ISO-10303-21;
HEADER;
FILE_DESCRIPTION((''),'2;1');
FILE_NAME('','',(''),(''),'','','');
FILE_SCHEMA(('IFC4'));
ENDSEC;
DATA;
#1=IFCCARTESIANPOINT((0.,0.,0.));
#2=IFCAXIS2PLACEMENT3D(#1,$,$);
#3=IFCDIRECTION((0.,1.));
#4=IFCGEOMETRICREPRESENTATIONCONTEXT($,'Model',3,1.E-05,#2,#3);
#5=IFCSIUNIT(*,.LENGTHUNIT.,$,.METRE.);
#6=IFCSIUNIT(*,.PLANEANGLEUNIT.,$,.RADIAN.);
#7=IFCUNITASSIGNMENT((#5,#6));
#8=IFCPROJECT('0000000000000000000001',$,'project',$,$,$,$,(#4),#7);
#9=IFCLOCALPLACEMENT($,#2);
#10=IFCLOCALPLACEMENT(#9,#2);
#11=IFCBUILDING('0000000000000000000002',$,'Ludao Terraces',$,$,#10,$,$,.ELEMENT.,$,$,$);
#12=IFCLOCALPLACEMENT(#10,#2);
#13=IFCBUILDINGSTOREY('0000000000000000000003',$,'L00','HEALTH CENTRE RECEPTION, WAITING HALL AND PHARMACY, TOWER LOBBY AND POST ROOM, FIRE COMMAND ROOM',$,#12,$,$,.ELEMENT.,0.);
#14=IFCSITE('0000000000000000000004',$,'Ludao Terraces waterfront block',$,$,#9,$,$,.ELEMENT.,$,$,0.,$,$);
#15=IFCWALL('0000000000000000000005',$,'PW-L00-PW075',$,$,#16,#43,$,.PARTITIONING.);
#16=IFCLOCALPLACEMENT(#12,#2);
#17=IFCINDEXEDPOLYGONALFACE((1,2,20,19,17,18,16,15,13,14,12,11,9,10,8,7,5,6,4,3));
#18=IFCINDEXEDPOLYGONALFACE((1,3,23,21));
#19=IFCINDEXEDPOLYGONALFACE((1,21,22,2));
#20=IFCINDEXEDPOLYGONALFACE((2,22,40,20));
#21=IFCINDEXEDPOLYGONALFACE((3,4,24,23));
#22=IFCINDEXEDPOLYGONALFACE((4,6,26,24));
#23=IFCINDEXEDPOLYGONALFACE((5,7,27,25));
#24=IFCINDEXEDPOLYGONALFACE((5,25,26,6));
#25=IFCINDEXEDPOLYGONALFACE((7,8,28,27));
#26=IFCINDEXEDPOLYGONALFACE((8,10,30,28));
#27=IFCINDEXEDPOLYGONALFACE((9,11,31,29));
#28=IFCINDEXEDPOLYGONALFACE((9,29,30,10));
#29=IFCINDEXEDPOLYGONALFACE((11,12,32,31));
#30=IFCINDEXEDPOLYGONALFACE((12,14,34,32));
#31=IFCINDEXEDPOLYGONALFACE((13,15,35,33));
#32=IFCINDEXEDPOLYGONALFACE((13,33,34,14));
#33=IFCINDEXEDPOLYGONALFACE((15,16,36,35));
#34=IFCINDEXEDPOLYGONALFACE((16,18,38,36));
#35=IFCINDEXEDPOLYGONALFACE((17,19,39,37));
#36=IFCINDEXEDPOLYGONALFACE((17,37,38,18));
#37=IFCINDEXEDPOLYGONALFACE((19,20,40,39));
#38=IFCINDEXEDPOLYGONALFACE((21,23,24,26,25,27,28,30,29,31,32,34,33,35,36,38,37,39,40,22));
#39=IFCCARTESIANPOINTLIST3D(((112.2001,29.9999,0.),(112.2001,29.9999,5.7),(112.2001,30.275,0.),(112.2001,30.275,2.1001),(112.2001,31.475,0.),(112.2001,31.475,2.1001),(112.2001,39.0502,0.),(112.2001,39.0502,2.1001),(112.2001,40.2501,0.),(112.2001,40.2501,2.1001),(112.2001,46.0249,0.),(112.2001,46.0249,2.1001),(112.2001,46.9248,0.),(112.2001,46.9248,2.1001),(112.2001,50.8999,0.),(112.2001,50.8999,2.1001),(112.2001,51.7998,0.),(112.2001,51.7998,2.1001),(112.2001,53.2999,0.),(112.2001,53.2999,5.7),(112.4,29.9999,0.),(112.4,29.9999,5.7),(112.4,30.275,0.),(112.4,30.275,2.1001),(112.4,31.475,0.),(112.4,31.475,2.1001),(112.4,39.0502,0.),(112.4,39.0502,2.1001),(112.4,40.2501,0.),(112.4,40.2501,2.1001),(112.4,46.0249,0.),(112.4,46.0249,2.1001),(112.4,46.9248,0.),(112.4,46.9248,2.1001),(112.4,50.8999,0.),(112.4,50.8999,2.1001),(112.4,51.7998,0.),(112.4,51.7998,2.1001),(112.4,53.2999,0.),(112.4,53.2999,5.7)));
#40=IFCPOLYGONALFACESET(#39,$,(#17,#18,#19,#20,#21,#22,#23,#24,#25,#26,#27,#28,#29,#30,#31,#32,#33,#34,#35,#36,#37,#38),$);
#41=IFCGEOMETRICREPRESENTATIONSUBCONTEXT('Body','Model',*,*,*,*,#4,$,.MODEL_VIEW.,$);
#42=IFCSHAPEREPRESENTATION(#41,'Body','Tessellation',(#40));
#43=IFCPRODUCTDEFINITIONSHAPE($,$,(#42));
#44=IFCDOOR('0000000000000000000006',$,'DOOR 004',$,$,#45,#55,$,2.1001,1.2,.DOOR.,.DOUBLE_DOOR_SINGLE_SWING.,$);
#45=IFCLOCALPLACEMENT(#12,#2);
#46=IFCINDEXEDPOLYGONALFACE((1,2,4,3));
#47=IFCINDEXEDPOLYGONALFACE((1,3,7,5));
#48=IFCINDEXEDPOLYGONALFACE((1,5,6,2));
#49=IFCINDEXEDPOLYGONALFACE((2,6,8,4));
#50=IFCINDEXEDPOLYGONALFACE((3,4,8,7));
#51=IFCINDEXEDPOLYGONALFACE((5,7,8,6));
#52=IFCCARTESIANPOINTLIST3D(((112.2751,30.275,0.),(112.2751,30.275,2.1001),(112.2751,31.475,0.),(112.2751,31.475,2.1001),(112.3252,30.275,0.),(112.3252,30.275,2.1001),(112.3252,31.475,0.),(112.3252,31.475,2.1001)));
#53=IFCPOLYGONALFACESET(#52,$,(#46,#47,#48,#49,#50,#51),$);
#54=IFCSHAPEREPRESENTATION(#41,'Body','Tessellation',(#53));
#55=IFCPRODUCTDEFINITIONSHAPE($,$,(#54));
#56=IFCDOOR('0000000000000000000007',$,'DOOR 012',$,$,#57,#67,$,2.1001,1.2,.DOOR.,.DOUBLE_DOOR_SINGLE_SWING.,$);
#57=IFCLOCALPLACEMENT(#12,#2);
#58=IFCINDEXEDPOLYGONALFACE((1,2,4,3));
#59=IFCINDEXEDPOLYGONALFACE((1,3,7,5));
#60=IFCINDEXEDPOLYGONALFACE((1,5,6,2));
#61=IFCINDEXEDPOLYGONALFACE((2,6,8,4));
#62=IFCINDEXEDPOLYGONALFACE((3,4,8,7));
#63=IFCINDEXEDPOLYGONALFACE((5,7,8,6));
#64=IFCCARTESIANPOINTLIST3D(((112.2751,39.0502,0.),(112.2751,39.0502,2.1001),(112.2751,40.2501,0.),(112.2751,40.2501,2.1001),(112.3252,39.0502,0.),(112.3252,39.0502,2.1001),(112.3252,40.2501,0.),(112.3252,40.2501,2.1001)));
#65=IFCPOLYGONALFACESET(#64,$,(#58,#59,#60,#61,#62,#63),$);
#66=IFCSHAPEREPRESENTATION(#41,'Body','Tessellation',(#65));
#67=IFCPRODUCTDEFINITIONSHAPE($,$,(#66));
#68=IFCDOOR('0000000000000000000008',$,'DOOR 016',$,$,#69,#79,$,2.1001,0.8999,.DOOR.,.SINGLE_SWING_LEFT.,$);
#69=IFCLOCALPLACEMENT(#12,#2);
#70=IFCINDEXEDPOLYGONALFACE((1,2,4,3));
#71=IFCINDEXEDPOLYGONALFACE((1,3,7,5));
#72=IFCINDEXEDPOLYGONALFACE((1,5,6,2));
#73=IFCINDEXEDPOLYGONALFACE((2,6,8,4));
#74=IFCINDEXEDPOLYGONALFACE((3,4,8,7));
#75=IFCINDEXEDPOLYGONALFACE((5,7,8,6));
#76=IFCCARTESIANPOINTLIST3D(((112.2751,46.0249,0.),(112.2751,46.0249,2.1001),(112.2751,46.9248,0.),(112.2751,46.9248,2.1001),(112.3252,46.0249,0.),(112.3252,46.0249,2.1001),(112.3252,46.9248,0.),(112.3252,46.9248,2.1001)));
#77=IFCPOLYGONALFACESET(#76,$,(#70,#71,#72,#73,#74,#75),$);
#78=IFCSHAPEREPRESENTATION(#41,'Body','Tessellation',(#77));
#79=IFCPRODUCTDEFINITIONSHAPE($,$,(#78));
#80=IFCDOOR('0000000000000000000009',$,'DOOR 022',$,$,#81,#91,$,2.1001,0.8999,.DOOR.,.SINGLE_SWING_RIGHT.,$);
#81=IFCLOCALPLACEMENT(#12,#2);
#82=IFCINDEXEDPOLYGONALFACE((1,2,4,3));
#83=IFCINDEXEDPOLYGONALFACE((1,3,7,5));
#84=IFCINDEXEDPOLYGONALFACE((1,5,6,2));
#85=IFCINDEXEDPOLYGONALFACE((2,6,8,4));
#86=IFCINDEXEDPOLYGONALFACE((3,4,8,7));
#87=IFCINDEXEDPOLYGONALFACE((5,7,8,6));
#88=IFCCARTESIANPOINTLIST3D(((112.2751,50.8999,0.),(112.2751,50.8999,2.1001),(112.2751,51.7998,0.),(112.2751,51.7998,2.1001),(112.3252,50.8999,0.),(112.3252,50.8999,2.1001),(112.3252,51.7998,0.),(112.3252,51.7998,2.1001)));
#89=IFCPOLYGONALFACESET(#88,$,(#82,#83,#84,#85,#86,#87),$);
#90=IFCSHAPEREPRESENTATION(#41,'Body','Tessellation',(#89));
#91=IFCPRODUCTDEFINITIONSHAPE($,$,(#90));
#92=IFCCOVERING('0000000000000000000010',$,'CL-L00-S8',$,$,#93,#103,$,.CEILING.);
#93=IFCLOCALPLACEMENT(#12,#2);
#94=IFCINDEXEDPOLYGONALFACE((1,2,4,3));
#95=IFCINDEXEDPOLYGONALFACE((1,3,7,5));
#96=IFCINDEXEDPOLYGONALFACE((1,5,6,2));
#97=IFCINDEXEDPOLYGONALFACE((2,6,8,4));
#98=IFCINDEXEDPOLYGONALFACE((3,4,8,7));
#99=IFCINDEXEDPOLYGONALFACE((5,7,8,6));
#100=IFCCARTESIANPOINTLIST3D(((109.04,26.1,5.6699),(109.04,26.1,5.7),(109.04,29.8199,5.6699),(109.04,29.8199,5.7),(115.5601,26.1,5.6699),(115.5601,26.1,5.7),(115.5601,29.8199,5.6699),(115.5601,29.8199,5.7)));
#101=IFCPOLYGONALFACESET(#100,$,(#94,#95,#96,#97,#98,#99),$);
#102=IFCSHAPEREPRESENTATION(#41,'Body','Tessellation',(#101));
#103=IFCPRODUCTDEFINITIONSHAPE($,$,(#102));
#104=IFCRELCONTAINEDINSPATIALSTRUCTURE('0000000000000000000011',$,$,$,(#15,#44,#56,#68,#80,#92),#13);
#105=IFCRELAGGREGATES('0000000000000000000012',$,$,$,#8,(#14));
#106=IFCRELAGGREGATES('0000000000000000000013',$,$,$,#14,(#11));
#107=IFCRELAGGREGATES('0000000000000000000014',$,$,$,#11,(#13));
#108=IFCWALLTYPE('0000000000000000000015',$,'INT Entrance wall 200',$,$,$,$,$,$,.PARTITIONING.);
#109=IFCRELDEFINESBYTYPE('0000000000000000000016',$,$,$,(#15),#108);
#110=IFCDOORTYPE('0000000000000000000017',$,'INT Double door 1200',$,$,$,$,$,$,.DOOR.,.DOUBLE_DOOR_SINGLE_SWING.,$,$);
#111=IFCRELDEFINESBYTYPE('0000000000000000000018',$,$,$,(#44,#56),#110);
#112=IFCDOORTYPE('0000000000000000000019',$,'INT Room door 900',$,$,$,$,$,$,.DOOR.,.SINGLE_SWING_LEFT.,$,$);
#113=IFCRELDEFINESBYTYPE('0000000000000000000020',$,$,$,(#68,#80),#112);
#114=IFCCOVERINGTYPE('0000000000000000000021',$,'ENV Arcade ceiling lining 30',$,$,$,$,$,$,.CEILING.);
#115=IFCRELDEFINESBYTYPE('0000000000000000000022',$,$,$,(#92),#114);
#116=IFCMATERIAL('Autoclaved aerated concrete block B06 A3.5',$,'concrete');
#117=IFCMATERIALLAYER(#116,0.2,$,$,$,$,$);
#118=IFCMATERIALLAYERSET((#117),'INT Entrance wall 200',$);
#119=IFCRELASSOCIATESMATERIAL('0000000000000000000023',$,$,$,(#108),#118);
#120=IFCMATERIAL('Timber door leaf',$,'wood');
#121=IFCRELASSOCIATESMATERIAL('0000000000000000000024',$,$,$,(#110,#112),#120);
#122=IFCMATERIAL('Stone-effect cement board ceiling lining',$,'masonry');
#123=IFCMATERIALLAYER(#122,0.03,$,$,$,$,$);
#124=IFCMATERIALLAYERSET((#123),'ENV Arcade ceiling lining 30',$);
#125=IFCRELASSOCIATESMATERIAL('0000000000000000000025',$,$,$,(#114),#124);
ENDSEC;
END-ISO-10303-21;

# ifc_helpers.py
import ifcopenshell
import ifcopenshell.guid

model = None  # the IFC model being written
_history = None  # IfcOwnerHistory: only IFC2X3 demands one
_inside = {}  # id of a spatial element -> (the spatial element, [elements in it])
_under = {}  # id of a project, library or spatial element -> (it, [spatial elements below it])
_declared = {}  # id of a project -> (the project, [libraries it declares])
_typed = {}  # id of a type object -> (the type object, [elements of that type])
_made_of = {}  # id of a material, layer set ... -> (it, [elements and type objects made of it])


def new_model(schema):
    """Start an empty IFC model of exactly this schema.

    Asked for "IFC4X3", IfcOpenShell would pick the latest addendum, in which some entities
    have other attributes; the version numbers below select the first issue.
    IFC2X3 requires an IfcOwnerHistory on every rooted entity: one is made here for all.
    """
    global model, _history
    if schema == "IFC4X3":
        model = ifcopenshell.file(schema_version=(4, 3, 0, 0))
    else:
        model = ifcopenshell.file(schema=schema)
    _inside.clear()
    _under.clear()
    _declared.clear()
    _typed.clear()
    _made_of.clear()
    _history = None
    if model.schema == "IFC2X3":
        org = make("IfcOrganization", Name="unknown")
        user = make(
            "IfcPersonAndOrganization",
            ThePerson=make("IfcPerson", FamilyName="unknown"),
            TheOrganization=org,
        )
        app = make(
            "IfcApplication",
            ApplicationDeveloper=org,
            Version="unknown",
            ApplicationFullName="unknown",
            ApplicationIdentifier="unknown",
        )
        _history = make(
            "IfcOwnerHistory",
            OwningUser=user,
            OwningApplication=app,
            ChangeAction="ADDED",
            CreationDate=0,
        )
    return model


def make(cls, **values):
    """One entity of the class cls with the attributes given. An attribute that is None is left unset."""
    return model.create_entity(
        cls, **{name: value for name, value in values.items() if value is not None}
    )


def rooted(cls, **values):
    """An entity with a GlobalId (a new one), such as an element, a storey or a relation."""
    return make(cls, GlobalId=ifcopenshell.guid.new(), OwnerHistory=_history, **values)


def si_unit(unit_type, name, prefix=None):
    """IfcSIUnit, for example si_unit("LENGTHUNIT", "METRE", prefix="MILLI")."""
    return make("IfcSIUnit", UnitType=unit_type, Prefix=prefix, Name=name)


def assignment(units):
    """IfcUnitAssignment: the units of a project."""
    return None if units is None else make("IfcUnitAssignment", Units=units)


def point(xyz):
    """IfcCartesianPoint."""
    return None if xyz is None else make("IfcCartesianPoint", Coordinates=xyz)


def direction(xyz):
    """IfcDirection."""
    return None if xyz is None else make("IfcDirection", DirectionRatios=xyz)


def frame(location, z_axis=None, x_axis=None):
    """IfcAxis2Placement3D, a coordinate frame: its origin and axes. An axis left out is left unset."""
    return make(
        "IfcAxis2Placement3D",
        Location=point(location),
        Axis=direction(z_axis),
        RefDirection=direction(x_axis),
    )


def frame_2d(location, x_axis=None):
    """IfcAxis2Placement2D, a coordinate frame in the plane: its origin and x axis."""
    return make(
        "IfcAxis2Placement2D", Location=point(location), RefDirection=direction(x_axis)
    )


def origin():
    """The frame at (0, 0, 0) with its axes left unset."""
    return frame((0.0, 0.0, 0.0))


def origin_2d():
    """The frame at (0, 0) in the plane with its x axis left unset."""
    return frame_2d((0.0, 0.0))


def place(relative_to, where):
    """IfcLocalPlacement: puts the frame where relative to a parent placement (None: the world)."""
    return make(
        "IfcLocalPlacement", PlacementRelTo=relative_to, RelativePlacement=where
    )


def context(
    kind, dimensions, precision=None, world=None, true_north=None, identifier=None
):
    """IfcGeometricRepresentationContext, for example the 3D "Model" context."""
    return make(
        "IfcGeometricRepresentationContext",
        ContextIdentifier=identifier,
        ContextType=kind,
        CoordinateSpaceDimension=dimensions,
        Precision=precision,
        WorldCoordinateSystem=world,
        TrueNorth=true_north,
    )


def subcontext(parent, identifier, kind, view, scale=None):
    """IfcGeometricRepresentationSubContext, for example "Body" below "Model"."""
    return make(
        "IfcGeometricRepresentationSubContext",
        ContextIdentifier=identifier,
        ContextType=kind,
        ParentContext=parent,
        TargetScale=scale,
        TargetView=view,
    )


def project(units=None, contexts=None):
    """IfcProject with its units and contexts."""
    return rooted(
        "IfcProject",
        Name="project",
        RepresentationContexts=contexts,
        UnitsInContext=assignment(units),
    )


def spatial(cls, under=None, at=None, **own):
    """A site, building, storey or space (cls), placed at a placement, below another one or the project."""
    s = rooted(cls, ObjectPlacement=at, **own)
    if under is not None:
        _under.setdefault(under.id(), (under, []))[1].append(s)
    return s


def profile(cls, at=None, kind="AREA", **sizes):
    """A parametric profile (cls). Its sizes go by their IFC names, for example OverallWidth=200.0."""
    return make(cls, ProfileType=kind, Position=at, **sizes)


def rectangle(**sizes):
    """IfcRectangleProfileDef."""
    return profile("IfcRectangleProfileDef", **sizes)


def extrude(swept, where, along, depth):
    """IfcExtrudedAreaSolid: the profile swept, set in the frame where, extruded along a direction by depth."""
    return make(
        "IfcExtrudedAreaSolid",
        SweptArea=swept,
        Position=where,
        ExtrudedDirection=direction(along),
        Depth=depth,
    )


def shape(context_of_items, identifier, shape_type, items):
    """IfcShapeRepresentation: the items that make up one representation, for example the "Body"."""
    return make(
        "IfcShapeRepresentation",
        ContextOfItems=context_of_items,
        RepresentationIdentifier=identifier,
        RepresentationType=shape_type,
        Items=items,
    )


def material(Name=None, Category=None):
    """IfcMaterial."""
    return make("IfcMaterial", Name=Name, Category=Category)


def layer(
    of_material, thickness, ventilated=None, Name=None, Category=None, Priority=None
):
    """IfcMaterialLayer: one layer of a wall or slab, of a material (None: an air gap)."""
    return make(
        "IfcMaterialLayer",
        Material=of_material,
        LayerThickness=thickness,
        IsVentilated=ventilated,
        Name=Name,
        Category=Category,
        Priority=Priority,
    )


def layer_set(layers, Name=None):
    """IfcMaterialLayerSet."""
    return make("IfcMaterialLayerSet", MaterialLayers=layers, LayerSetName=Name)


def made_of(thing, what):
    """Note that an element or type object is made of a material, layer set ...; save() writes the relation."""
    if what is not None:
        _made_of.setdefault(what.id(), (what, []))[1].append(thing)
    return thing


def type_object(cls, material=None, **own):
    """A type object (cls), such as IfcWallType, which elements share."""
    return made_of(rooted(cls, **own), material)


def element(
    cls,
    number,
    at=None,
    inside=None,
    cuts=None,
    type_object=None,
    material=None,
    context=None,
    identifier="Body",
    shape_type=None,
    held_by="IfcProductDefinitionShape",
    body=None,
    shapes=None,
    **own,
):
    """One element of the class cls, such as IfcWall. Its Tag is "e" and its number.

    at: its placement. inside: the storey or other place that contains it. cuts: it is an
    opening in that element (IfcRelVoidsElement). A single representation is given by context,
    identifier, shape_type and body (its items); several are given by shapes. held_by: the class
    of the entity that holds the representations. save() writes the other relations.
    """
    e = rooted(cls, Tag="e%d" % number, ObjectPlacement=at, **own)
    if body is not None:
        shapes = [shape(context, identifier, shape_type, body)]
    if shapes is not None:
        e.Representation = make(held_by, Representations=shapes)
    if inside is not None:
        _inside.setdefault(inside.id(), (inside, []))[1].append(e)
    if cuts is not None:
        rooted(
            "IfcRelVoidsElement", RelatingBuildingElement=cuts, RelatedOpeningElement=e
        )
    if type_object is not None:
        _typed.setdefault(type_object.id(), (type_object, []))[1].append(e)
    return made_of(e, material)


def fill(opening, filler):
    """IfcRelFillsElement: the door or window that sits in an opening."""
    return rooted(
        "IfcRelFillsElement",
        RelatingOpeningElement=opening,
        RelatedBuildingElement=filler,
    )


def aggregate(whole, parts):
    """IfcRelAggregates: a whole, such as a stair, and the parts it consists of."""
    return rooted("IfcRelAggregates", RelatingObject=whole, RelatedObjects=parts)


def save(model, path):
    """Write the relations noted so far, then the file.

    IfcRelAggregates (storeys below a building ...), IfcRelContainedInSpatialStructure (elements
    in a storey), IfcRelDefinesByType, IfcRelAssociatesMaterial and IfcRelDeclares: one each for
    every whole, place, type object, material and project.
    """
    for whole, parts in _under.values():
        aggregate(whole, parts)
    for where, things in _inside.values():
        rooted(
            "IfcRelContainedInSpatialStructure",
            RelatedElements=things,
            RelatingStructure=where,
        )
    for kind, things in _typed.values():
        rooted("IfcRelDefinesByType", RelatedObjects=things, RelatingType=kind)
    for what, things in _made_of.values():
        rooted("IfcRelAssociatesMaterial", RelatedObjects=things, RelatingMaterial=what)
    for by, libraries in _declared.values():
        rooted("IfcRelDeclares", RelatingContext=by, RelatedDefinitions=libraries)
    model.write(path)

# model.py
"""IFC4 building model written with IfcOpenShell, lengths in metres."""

from ifc_helpers import new_model, si_unit, direction, frame, frame_2d, origin, origin_2d, place, context, subcontext, project, spatial, rectangle, extrude, material, layer, layer_set, type_object, element, fill, save


model = new_model("IFC4")

# Units and contexts
model_context = context("Model", 3, precision=1e-05, world=origin(), true_north=direction((0.0, 1.0)))
body_context = subcontext(model_context, "Body", "Model", "MODEL_VIEW")
ifc_project = project(units=[si_unit("LENGTHUNIT", "METRE"), si_unit("PLANEANGLEUNIT", "RADIAN")], contexts=[model_context])

# Site, building, storey
site_placement = place(None, origin())
site = spatial("IfcSite", under=ifc_project, at=site_placement, Name="Ludao Terraces waterfront block", CompositionType="ELEMENT", RefElevation=0.0)
building_placement = place(site_placement, origin())
building = spatial("IfcBuilding", under=site, at=building_placement, Name="Ludao Terraces", CompositionType="ELEMENT")
storey_placement = place(building_placement, origin())
storey = spatial("IfcBuildingStorey", under=building, at=storey_placement, Name="L00", Description="HEALTH CENTRE RECEPTION, WAITING HALL AND PHARMACY, TOWER LOBBY AND POST ROOM, FIRE COMMAND ROOM", CompositionType="ELEMENT", Elevation=0.0)

# Shared definitions
ifc_material_1 = material(Name="Autoclaved aerated concrete block B06 A3.5", Category="concrete")
ifc_layer_1 = layer(ifc_material_1, 0.2)
ifc_layer_set_1 = layer_set([ifc_layer_1], Name="INT Entrance wall 200")
wall_type = type_object("IfcWallType", Name="INT Entrance wall 200", PredefinedType="PARTITIONING", material=ifc_layer_set_1)

# Shared definitions
ifc_material_2 = material(Name="Timber door leaf", Category="wood")
door_type_1 = type_object("IfcDoorType", Name="INT Double door 1200", OperationType="DOUBLE_DOOR_SINGLE_SWING", PredefinedType="DOOR", material=ifc_material_2)
door_type_2 = type_object("IfcDoorType", Name="INT Room door 900", OperationType="SINGLE_SWING_LEFT", PredefinedType="DOOR", material=ifc_material_2)

# Wall, openings, doors
wall_1_placement = place(storey_placement, frame((112.3, 30.0, 0.0), z_axis=(0.0, 0.0, 1.0), x_axis=(0.0, 1.0, 0.0)))
wall_1 = element("IfcWall", 1, at=wall_1_placement, inside=storey, type_object=wall_type, Name="PW-L00-PW075", PredefinedType="PARTITIONING", context=body_context, shape_type="SweptSolid", body=[
    extrude(rectangle(XDim=23.3, YDim=0.2, at=frame_2d((11.6499, 0.0))), origin(), (0.0, 0.0, 1.0), 5.7),
])
opening_1_placement = place(wall_1_placement, frame((0.2749, 0.0, 0.0)))
opening_1 = element("IfcOpeningElement", 2, at=opening_1_placement, cuts=wall_1, PredefinedType="OPENING", context=body_context, shape_type="SweptSolid", body=[
    extrude(rectangle(XDim=1.2, YDim=2.1001, at=frame_2d((0.6001, 1.05))), frame((0.0, 0.1099, 0.0), z_axis=(0.0, -1.0, 0.0), x_axis=(1.0, 0.0, 0.0)), (0.0, 0.0, 1.0), 0.22),
])
opening_2_placement = place(wall_1_placement, frame((9.05, 0.0, 0.0)))
opening_2 = element("IfcOpeningElement", 3, at=opening_2_placement, cuts=wall_1, PredefinedType="OPENING", context=body_context, shape_type="SweptSolid", body=[
    extrude(rectangle(XDim=1.2, YDim=2.1001, at=frame_2d((0.6001, 1.05))), frame((0.0, 0.1099, 0.0), z_axis=(0.0, -1.0, 0.0), x_axis=(1.0, 0.0, 0.0)), (0.0, 0.0, 1.0), 0.22),
])
opening_3_placement = place(wall_1_placement, frame((16.0249, 0.0, 0.0)))
opening_3 = element("IfcOpeningElement", 4, at=opening_3_placement, cuts=wall_1, PredefinedType="OPENING", context=body_context, shape_type="SweptSolid", body=[
    extrude(rectangle(XDim=0.8999, YDim=2.1001, at=frame_2d((0.45, 1.05))), frame((0.0, 0.1099, 0.0), z_axis=(0.0, -1.0, 0.0), x_axis=(1.0, 0.0, 0.0)), (0.0, 0.0, 1.0), 0.22),
])
opening_4_placement = place(wall_1_placement, frame((20.8999, 0.0, 0.0)))
opening_4 = element("IfcOpeningElement", 5, at=opening_4_placement, cuts=wall_1, PredefinedType="OPENING", context=body_context, shape_type="SweptSolid", body=[
    extrude(rectangle(XDim=0.8999, YDim=2.1001, at=frame_2d((0.45, 1.05))), frame((0.0, 0.1099, 0.0), z_axis=(0.0, -1.0, 0.0), x_axis=(1.0, 0.0, 0.0)), (0.0, 0.0, 1.0), 0.22),
])
door_1_placement = place(opening_1_placement, origin())
door_1 = element("IfcDoor", 6, at=door_1_placement, inside=storey, type_object=door_type_1, Name="DOOR 004", OperationType="DOUBLE_DOOR_SINGLE_SWING", OverallHeight=2.1001, OverallWidth=1.2, PredefinedType="DOOR", context=body_context, shape_type="SweptSolid", body=[
    extrude(rectangle(XDim=1.2, YDim=2.1001, at=frame_2d((0.6001, 1.05))), frame((0.0, 0.0249, 0.0), z_axis=(0.0, -1.0, 0.0), x_axis=(1.0, 0.0, 0.0)), (0.0, 0.0, 1.0), 0.05),
])
fill(opening_1, door_1)
door_2_placement = place(opening_2_placement, origin())
door_2 = element("IfcDoor", 7, at=door_2_placement, inside=storey, type_object=door_type_1, Name="DOOR 012", OperationType="DOUBLE_DOOR_SINGLE_SWING", OverallHeight=2.1001, OverallWidth=1.2, PredefinedType="DOOR", context=body_context, shape_type="SweptSolid", body=[
    extrude(rectangle(XDim=1.2, YDim=2.1001, at=frame_2d((0.6001, 1.05))), frame((0.0, 0.0249, 0.0), z_axis=(0.0, -1.0, 0.0), x_axis=(1.0, 0.0, 0.0)), (0.0, 0.0, 1.0), 0.05),
])
fill(opening_2, door_2)
door_3_placement = place(opening_3_placement, origin())
door_3 = element("IfcDoor", 8, at=door_3_placement, inside=storey, type_object=door_type_2, Name="DOOR 016", OperationType="SINGLE_SWING_LEFT", OverallHeight=2.1001, OverallWidth=0.8999, PredefinedType="DOOR", context=body_context, shape_type="SweptSolid", body=[
    extrude(rectangle(XDim=0.8999, YDim=2.1001, at=frame_2d((0.45, 1.05))), frame((0.0, 0.0249, 0.0), z_axis=(0.0, -1.0, 0.0), x_axis=(1.0, 0.0, 0.0)), (0.0, 0.0, 1.0), 0.05),
])
fill(opening_3, door_3)
door_4_placement = place(opening_4_placement, origin())
door_4 = element("IfcDoor", 9, at=door_4_placement, inside=storey, type_object=door_type_2, Name="DOOR 022", OperationType="SINGLE_SWING_RIGHT", OverallHeight=2.1001, OverallWidth=0.8999, PredefinedType="DOOR", context=body_context, shape_type="SweptSolid", body=[
    extrude(rectangle(XDim=0.8999, YDim=2.1001, at=frame_2d((0.45, 1.05))), frame((0.0, 0.0249, 0.0), z_axis=(0.0, -1.0, 0.0), x_axis=(1.0, 0.0, 0.0)), (0.0, 0.0, 1.0), 0.05),
])
fill(opening_4, door_4)

# Covering
ifc_material_3 = material(Name="Stone-effect cement board ceiling lining", Category="masonry")
ifc_layer_2 = layer(ifc_material_3, 0.03)
ifc_layer_set_2 = layer_set([ifc_layer_2], Name="ENV Arcade ceiling lining 30")
covering_type = type_object("IfcCoveringType", Name="ENV Arcade ceiling lining 30", PredefinedType="CEILING", material=ifc_layer_set_2)
covering_placement = place(storey_placement, frame((112.3, 27.96, 5.6699), z_axis=(0.0, 0.0, 1.0), x_axis=(1.0, 0.0, 0.0)))
element("IfcCovering", 10, at=covering_placement, inside=storey, type_object=covering_type, Name="CL-L00-S8", PredefinedType="CEILING", context=body_context, shape_type="SweptSolid", body=[
    extrude(rectangle(XDim=6.52, YDim=3.72, at=origin_2d()), origin(), (0.0, 0.0, 1.0), 0.03),
])

save(model, "model.ifc")
